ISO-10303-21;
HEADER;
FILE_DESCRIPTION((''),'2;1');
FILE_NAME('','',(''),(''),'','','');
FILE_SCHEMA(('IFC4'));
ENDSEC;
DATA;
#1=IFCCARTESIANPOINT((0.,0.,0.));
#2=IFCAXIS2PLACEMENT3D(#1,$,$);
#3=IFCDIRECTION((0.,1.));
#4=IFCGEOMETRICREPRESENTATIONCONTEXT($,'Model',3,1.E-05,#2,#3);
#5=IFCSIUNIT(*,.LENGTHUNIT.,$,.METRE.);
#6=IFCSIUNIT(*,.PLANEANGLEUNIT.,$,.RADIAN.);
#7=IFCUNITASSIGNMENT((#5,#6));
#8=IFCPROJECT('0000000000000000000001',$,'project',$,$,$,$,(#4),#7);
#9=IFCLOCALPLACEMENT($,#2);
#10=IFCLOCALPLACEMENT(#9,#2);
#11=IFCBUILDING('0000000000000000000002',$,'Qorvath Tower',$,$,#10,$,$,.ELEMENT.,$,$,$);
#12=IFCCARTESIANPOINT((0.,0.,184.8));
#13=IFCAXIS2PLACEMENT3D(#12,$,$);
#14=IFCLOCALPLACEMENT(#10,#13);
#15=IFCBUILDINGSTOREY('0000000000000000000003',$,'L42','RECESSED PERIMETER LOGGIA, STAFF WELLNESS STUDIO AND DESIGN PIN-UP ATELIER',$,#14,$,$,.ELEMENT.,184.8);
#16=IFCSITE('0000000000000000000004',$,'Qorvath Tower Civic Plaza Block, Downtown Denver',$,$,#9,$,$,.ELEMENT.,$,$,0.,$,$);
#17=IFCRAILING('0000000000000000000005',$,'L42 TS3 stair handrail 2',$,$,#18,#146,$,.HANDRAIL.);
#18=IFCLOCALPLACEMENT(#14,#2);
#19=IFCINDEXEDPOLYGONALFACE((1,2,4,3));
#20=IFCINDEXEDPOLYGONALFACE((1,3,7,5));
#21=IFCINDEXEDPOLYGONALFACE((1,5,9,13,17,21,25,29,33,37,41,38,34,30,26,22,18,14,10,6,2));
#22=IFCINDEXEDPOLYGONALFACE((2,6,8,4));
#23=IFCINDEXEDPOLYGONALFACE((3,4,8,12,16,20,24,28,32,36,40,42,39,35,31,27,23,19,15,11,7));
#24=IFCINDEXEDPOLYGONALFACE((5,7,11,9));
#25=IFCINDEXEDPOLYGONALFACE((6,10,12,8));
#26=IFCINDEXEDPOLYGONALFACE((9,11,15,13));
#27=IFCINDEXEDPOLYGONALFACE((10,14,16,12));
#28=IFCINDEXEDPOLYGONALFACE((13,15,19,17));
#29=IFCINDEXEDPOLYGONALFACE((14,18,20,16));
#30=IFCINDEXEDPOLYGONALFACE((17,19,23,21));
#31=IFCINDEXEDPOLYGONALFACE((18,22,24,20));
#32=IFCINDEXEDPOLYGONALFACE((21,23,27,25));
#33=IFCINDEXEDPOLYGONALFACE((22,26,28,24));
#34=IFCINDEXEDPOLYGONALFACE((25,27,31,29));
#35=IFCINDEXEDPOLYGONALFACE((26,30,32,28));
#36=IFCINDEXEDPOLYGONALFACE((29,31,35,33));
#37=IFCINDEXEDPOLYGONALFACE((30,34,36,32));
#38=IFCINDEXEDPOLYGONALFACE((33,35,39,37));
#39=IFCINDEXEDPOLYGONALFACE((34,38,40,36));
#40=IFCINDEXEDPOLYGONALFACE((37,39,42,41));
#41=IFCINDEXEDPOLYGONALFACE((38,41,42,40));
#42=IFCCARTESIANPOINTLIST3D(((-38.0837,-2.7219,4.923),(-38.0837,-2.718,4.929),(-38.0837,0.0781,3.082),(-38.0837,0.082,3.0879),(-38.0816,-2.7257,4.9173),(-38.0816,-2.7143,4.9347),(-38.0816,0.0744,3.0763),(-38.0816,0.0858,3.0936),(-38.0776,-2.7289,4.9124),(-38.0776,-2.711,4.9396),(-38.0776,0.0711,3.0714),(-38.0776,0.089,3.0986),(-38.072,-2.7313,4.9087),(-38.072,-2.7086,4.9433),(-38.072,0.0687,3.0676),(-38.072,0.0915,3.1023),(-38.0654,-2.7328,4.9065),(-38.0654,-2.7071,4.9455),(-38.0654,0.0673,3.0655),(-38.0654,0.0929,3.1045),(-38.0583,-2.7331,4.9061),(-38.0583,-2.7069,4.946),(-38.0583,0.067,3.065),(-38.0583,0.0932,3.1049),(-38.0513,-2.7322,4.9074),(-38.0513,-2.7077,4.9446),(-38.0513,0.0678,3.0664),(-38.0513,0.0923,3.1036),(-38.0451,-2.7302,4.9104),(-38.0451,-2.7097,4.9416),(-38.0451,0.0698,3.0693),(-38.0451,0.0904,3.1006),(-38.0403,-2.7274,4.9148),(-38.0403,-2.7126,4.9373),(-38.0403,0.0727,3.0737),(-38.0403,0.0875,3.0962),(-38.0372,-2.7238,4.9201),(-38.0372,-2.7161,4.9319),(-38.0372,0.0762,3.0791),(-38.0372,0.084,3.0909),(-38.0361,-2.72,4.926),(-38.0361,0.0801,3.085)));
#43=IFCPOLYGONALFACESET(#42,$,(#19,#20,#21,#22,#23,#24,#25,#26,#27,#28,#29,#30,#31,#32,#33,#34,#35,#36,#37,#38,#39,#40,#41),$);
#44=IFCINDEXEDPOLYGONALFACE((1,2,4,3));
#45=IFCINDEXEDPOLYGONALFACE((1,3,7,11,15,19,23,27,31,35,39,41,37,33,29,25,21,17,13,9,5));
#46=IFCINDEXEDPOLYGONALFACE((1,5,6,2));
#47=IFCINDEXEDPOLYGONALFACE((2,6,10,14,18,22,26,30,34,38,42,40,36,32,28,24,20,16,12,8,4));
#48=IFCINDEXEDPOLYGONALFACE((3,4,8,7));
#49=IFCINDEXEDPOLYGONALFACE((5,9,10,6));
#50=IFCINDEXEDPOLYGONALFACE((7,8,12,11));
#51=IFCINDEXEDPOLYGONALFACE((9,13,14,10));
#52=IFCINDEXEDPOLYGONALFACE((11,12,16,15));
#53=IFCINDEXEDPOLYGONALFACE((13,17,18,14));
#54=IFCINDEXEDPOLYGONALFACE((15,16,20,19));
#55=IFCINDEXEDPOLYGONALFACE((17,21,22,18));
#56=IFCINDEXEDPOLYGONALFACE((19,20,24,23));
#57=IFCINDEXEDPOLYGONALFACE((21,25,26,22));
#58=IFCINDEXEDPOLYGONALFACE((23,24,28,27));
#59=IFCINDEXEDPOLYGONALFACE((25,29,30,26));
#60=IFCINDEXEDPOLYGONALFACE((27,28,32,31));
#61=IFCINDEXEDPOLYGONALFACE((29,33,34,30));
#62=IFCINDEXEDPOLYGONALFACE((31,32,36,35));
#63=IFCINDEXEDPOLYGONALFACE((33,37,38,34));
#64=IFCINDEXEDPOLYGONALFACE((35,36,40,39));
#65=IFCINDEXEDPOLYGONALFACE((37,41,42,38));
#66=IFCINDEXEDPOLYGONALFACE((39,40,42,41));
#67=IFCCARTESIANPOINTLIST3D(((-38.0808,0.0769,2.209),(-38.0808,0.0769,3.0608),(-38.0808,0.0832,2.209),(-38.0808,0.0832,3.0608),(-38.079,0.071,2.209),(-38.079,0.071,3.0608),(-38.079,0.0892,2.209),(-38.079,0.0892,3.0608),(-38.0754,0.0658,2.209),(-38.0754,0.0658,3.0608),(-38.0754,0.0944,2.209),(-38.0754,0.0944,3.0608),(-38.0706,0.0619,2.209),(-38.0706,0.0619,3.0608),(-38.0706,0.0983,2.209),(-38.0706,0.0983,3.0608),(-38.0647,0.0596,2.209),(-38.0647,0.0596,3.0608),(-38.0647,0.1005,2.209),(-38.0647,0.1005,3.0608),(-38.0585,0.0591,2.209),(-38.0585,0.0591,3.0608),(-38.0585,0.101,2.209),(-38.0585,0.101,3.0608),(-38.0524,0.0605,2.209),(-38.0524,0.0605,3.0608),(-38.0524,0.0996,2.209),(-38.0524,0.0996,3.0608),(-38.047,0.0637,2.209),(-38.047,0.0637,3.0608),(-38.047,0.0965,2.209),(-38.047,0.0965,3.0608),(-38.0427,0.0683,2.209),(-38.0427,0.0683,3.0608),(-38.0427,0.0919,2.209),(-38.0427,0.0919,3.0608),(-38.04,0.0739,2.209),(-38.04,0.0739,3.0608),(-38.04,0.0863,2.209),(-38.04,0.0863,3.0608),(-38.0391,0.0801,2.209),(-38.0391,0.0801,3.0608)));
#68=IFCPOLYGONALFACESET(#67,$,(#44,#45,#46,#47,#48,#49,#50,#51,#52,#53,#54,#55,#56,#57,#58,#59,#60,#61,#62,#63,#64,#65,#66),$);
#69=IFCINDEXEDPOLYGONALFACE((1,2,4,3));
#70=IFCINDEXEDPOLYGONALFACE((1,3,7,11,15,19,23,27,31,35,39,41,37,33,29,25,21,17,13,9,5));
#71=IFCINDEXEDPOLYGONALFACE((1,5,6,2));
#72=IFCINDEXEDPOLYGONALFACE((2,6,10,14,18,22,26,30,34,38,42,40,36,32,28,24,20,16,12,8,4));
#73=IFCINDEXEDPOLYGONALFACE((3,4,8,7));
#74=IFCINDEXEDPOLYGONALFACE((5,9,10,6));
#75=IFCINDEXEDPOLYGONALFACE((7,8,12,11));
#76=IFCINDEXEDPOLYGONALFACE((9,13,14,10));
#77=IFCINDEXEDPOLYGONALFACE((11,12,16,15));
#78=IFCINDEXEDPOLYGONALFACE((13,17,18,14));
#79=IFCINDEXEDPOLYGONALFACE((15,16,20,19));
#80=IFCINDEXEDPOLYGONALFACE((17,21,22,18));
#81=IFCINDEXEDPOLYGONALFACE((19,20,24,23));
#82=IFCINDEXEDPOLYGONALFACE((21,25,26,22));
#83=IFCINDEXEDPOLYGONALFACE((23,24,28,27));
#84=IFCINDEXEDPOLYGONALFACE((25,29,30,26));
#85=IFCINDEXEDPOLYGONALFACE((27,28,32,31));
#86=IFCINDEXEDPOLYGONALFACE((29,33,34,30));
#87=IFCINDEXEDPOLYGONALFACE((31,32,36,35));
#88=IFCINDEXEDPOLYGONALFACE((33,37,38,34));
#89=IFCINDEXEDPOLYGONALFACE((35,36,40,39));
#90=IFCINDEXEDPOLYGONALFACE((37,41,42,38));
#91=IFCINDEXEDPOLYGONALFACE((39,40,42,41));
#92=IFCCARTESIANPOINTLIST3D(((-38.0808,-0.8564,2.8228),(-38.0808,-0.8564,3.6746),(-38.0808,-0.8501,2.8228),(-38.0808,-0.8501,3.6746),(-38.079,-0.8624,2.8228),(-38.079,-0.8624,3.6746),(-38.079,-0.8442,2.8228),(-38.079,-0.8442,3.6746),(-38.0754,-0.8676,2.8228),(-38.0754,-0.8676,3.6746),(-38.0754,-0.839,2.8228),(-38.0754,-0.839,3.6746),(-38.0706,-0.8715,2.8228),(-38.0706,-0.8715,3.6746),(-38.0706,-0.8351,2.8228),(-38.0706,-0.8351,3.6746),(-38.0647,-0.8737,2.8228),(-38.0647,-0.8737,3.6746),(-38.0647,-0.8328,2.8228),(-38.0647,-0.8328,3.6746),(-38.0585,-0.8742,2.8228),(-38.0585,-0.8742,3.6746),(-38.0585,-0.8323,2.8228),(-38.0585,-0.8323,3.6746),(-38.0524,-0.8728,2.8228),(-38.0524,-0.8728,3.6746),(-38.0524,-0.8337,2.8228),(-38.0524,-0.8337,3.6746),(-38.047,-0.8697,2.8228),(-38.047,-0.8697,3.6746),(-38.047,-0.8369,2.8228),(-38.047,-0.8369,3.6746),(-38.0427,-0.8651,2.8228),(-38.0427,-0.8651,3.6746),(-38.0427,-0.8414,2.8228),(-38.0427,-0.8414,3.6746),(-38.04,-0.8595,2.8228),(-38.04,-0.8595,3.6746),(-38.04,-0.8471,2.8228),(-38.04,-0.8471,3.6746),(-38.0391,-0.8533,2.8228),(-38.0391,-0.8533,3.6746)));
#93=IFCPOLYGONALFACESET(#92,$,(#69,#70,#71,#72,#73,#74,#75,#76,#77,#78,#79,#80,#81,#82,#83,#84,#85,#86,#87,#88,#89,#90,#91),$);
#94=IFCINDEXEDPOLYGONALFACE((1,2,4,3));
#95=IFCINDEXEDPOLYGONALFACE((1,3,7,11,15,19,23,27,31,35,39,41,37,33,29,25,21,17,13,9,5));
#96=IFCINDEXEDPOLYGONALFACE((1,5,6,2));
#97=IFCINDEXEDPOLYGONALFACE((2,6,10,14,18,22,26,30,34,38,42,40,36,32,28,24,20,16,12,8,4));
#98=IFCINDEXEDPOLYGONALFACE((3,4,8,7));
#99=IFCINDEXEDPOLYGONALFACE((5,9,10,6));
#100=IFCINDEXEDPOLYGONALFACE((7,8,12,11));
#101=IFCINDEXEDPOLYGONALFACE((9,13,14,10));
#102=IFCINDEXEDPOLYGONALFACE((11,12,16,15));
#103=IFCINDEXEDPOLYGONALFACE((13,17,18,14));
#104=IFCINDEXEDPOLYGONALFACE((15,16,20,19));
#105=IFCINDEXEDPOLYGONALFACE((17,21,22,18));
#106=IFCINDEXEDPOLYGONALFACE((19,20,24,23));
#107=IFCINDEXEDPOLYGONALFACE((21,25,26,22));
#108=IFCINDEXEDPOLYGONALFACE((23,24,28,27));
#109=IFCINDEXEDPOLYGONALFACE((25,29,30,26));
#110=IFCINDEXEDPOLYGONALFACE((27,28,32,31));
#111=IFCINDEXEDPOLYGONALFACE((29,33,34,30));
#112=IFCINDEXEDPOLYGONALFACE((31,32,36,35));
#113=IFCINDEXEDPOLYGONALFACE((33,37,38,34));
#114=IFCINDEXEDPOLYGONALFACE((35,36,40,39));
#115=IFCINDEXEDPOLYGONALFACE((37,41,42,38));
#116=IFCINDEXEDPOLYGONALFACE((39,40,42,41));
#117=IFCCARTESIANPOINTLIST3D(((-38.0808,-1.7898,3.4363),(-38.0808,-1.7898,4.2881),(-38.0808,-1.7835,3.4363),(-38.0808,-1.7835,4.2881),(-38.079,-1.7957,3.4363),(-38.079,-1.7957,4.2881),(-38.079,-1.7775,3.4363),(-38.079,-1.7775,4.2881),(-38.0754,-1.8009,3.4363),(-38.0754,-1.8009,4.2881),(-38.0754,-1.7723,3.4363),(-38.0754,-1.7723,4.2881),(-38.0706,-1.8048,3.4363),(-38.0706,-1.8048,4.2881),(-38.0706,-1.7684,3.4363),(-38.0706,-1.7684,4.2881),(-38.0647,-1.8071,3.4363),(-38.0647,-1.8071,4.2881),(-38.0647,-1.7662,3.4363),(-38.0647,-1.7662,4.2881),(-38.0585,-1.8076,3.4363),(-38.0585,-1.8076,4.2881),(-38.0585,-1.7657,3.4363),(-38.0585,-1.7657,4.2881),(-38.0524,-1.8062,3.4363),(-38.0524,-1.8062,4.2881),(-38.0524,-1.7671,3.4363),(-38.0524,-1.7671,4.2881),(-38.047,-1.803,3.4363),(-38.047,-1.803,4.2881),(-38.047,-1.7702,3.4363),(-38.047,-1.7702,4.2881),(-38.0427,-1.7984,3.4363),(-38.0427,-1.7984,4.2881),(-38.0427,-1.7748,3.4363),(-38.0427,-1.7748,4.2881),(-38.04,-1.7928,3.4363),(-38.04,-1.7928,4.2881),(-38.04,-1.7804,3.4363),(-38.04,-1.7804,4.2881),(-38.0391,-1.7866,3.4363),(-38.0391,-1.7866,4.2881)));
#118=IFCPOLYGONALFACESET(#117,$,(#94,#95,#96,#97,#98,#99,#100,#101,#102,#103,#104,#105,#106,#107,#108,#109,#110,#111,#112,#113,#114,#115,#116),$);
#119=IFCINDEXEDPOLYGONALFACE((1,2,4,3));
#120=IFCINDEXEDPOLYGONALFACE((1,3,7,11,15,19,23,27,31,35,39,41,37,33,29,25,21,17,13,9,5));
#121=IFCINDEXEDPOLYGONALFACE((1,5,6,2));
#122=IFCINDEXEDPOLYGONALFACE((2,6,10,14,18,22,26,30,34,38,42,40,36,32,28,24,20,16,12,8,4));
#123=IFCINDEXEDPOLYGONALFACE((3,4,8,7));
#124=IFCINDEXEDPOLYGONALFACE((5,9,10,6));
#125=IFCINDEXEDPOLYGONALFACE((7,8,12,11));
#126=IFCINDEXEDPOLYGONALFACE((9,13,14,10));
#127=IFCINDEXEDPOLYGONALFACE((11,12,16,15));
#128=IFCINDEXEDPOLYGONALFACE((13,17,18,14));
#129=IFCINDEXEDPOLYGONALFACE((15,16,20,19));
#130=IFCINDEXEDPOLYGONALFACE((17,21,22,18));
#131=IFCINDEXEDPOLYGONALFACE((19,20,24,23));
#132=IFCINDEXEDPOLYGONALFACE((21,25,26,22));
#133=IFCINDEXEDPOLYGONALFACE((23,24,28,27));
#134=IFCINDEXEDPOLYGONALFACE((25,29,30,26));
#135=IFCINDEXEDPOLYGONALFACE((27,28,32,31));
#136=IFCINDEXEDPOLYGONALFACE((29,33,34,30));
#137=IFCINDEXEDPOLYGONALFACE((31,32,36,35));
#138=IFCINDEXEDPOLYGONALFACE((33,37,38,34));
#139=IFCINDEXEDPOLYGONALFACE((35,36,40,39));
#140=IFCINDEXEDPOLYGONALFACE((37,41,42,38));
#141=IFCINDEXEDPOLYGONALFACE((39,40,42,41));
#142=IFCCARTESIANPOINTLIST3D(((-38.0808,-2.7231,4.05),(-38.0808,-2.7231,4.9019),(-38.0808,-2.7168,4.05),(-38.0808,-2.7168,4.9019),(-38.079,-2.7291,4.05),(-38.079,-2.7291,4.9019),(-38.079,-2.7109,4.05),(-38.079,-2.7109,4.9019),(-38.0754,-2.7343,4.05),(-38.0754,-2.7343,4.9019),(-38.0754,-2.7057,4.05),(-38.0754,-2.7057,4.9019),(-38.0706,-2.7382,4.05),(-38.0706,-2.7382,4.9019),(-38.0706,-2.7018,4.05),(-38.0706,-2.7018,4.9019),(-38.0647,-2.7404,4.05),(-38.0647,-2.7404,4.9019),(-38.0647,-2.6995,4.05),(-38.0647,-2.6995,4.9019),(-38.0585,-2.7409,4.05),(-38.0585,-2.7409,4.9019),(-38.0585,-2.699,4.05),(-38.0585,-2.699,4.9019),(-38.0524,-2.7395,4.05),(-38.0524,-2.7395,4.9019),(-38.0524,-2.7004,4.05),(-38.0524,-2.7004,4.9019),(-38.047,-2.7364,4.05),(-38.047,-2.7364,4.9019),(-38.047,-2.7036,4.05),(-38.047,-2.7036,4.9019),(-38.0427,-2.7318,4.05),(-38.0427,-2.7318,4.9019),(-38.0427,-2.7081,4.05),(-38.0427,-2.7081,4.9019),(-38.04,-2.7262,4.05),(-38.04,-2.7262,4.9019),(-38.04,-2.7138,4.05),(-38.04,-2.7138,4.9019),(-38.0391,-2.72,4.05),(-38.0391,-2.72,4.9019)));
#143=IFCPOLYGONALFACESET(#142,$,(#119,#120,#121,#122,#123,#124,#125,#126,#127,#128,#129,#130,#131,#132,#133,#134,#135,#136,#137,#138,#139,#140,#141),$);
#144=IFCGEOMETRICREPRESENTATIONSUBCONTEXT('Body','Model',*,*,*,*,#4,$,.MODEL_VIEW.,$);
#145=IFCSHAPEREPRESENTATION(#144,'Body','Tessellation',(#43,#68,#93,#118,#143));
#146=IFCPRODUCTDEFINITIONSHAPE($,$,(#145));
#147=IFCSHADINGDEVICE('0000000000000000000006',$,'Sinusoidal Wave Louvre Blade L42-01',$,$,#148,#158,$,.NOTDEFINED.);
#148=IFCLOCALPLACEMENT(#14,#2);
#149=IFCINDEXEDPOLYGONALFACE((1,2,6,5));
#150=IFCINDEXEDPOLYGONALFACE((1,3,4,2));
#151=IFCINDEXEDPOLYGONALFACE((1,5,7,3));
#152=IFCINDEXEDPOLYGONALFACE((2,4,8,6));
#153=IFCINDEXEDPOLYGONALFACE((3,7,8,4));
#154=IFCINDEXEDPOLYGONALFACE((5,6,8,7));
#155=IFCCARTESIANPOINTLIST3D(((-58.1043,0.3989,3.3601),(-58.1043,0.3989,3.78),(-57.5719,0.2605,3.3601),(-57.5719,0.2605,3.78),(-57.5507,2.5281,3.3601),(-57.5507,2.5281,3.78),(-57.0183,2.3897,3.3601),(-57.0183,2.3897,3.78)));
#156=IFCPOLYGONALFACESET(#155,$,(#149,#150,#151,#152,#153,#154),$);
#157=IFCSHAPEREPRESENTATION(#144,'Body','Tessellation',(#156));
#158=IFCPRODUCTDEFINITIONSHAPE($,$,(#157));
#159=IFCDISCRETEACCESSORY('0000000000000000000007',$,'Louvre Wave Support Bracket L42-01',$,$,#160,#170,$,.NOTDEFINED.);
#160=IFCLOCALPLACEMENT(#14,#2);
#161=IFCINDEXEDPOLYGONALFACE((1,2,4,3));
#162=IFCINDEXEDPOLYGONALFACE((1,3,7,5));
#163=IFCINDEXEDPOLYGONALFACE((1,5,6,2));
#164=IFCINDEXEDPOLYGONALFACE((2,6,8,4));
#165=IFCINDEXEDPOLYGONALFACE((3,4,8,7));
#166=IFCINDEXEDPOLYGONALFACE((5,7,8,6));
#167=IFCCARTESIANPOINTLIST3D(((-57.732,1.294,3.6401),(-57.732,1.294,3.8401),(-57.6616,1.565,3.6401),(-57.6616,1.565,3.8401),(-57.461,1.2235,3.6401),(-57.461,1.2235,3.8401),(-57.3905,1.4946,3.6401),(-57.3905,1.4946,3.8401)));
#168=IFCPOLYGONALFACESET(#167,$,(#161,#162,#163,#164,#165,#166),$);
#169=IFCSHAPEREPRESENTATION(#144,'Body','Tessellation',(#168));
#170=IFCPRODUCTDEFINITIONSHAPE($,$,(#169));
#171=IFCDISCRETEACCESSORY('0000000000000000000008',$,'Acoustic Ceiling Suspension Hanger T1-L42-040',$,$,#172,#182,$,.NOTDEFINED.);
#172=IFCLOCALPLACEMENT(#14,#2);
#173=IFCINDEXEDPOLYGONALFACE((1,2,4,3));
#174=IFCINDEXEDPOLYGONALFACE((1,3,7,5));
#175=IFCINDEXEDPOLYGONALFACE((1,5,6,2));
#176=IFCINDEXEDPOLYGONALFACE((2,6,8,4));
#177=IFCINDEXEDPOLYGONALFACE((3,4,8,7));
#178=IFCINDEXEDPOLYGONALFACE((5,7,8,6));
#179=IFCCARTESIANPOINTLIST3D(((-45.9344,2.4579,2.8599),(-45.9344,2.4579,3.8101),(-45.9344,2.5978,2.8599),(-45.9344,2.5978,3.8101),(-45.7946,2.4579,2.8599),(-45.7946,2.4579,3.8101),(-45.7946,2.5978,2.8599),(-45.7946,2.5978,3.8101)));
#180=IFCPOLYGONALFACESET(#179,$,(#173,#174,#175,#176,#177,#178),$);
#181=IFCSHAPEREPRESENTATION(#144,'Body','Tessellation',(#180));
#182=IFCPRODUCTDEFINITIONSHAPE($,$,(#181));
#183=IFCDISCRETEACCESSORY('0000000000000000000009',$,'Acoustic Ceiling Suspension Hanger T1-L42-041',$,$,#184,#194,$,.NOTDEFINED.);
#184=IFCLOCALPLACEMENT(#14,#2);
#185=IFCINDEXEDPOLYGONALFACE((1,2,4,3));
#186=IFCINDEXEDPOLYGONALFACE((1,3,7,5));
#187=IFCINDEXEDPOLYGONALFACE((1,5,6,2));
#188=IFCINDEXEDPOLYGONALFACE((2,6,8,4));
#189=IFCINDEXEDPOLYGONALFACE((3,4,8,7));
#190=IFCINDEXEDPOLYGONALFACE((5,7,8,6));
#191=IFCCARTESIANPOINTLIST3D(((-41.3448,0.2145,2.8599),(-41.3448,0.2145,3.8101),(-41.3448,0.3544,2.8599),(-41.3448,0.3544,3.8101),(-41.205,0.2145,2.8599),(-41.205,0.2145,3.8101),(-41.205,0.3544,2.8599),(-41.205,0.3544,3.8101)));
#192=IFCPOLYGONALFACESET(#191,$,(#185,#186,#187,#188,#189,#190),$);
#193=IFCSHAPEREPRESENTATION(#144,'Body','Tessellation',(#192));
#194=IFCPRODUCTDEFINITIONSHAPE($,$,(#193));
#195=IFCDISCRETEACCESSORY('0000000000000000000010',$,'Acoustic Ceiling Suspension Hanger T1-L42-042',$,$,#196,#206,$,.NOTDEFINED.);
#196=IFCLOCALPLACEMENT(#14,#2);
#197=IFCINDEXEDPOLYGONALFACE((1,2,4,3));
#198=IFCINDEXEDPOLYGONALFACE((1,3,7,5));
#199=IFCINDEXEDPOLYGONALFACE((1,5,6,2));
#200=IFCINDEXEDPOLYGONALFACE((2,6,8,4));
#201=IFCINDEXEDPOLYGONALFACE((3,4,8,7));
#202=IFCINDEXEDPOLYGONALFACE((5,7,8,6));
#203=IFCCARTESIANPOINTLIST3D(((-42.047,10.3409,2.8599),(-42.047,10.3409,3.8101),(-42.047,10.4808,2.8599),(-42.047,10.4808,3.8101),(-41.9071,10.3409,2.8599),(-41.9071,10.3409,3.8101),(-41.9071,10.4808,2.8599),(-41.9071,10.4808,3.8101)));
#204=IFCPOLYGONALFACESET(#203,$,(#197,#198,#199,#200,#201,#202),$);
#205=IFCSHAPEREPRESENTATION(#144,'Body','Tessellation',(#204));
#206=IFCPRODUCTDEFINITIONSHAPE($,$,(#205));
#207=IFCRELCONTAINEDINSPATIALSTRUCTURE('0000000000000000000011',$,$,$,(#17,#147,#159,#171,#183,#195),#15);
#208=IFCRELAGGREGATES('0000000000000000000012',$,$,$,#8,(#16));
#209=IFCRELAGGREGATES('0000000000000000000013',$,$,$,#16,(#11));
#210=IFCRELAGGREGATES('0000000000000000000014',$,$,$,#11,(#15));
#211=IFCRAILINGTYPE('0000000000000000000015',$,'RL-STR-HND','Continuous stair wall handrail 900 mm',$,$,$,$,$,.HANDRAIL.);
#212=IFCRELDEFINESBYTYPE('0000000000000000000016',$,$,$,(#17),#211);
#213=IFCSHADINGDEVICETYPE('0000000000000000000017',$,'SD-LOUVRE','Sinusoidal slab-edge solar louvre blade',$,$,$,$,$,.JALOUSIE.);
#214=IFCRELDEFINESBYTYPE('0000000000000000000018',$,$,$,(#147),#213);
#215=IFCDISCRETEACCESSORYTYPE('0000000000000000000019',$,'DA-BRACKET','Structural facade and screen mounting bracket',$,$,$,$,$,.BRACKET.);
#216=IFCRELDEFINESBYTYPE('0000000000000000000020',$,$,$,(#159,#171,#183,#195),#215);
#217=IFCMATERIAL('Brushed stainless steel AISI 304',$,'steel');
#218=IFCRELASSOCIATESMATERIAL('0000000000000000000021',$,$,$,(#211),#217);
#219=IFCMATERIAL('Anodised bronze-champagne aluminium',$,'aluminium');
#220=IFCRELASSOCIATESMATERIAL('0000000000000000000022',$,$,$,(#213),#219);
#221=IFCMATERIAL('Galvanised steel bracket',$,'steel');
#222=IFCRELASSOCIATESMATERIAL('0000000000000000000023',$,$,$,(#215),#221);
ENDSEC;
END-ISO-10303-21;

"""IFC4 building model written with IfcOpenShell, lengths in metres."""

from ifc_helpers import new_model, si_unit, direction, frame, origin, origin_2d, place, context, subcontext, project, spatial, rectangle, circle, extrude, material, type_object, element, save


model = new_model("IFC4")

# Units and contexts
model_context = context("Model", 3, precision=1e-05, world=origin(), true_north=direction((0.0, 1.0)))
body_context = subcontext(model_context, "Body", "Model", "MODEL_VIEW")
ifc_project = project(units=[si_unit("LENGTHUNIT", "METRE"), si_unit("PLANEANGLEUNIT", "RADIAN")], contexts=[model_context])

# Site, building, storey
site_placement = place(None, origin())
site = spatial("IfcSite", under=ifc_project, at=site_placement, Name="Qorvath Tower Civic Plaza Block, Downtown Denver", CompositionType="ELEMENT", RefElevation=0.0)
building_placement = place(site_placement, origin())
building = spatial("IfcBuilding", under=site, at=building_placement, Name="Qorvath Tower", CompositionType="ELEMENT")
storey_placement = place(building_placement, frame((0.0, 0.0, 184.8)))
storey = spatial("IfcBuildingStorey", under=building, at=storey_placement, Name="L42", Description="RECESSED PERIMETER LOGGIA, STAFF WELLNESS STUDIO AND DESIGN PIN-UP ATELIER", CompositionType="ELEMENT", Elevation=184.8)

# Railing
ifc_material_1 = material(Name="Brushed stainless steel AISI 304", Category="steel")
railing_type = type_object("IfcRailingType", Name="RL-STR-HND", Description="Continuous stair wall handrail 900 mm", PredefinedType="HANDRAIL", material=ifc_material_1)
railing_placement = place(storey_placement, frame((-38.0601, 0.0801, 2.209)))
element("IfcRailing", 1, at=railing_placement, inside=storey, type_object=railing_type, Name="L42 TS3 stair handrail 2", PredefinedType="HANDRAIL", context=body_context, shape_type="SweptSolid", body=[
    extrude(circle(Radius=0.0239, at=origin_2d()), frame((0.0, 0.0, 0.876), z_axis=(0.0, -0.835564, 0.549393), x_axis=(1.0, 0.0, 0.0)), (0.0, 0.0, 1.0), 3.3511),
    extrude(circle(Radius=0.021, at=origin_2d()), origin(), (0.0, 0.0, 1.0), 0.8518),
    extrude(circle(Radius=0.021, at=origin_2d()), frame((0.0, -0.9333, 0.6138)), (0.0, 0.0, 1.0), 0.8518),
    extrude(circle(Radius=0.021, at=origin_2d()), frame((0.0, -1.8667, 1.2273)), (0.0, 0.0, 1.0), 0.8518),
    extrude(circle(Radius=0.021, at=origin_2d()), frame((0.0, -2.8, 1.8411)), (0.0, 0.0, 1.0), 0.8518),
])

# Shading device
ifc_material_2 = material(Name="Anodised bronze-champagne aluminium", Category="aluminium")
shading_device_type = type_object("IfcShadingDeviceType", Name="SD-LOUVRE", Description="Sinusoidal slab-edge solar louvre blade", PredefinedType="JALOUSIE", material=ifc_material_2)
shading_device_placement = place(storey_placement, frame((-57.5613, 1.3943, 3.3601), z_axis=(0.0, 0.0, 1.0), x_axis=(-0.251642, -0.96782, 0.0)))
element("IfcShadingDevice", 2, at=shading_device_placement, inside=storey, type_object=shading_device_type, Name="Sinusoidal Wave Louvre Blade L42-01", PredefinedType="NOTDEFINED", context=body_context, shape_type="SweptSolid", body=[
    extrude(rectangle(XDim=2.2, YDim=0.55, at=origin_2d()), origin(), (0.0, 0.0, 1.0), 0.4199),
])

# Discrete accessories
ifc_material_3 = material(Name="Galvanised steel bracket", Category="steel")
discrete_accessory_type = type_object("IfcDiscreteAccessoryType", Name="DA-BRACKET", Description="Structural facade and screen mounting bracket", PredefinedType="BRACKET", material=ifc_material_3)
discrete_accessory_placement = place(storey_placement, frame((-57.5613, 1.3943, 3.6401), z_axis=(0.0, 0.0, 1.0), x_axis=(-0.251642, -0.96782, 0.0)))
element("IfcDiscreteAccessory", 3, at=discrete_accessory_placement, inside=storey, type_object=discrete_accessory_type, Name="Louvre Wave Support Bracket L42-01", PredefinedType="NOTDEFINED", context=body_context, shape_type="SweptSolid", body=[
    extrude(rectangle(XDim=0.28, YDim=0.28, at=origin_2d()), origin(), (0.0, 0.0, 1.0), 0.2),
])
for number, where, z_axis, x_axis, name in (
    (4, (-45.8645, 2.5278, 2.8599), (0.0, 0.0, 1.0), (1.0, 0.0, 0.0), "Acoustic Ceiling Suspension Hanger T1-L42-040"),
    (5, (-41.2749, 0.2844, 2.8599), (0.0, 0.0, 1.0), (1.0, 0.0, 0.0), "Acoustic Ceiling Suspension Hanger T1-L42-041"),
    (6, (-41.9771, 10.4109, 2.8599), (0.0, 0.0, 1.0), (1.0, 0.0, 0.0), "Acoustic Ceiling Suspension Hanger T1-L42-042"),
):
    element("IfcDiscreteAccessory", number, at=place(storey_placement, frame(where, z_axis=z_axis, x_axis=x_axis)), inside=storey, type_object=discrete_accessory_type, Name=name, PredefinedType="NOTDEFINED", context=body_context, shape_type="SweptSolid", body=[
        extrude(rectangle(XDim=0.1399, YDim=0.1399, at=origin_2d()), origin(), (0.0, 0.0, 1.0), 0.9502),
    ])

save(model, "model.ifc")
